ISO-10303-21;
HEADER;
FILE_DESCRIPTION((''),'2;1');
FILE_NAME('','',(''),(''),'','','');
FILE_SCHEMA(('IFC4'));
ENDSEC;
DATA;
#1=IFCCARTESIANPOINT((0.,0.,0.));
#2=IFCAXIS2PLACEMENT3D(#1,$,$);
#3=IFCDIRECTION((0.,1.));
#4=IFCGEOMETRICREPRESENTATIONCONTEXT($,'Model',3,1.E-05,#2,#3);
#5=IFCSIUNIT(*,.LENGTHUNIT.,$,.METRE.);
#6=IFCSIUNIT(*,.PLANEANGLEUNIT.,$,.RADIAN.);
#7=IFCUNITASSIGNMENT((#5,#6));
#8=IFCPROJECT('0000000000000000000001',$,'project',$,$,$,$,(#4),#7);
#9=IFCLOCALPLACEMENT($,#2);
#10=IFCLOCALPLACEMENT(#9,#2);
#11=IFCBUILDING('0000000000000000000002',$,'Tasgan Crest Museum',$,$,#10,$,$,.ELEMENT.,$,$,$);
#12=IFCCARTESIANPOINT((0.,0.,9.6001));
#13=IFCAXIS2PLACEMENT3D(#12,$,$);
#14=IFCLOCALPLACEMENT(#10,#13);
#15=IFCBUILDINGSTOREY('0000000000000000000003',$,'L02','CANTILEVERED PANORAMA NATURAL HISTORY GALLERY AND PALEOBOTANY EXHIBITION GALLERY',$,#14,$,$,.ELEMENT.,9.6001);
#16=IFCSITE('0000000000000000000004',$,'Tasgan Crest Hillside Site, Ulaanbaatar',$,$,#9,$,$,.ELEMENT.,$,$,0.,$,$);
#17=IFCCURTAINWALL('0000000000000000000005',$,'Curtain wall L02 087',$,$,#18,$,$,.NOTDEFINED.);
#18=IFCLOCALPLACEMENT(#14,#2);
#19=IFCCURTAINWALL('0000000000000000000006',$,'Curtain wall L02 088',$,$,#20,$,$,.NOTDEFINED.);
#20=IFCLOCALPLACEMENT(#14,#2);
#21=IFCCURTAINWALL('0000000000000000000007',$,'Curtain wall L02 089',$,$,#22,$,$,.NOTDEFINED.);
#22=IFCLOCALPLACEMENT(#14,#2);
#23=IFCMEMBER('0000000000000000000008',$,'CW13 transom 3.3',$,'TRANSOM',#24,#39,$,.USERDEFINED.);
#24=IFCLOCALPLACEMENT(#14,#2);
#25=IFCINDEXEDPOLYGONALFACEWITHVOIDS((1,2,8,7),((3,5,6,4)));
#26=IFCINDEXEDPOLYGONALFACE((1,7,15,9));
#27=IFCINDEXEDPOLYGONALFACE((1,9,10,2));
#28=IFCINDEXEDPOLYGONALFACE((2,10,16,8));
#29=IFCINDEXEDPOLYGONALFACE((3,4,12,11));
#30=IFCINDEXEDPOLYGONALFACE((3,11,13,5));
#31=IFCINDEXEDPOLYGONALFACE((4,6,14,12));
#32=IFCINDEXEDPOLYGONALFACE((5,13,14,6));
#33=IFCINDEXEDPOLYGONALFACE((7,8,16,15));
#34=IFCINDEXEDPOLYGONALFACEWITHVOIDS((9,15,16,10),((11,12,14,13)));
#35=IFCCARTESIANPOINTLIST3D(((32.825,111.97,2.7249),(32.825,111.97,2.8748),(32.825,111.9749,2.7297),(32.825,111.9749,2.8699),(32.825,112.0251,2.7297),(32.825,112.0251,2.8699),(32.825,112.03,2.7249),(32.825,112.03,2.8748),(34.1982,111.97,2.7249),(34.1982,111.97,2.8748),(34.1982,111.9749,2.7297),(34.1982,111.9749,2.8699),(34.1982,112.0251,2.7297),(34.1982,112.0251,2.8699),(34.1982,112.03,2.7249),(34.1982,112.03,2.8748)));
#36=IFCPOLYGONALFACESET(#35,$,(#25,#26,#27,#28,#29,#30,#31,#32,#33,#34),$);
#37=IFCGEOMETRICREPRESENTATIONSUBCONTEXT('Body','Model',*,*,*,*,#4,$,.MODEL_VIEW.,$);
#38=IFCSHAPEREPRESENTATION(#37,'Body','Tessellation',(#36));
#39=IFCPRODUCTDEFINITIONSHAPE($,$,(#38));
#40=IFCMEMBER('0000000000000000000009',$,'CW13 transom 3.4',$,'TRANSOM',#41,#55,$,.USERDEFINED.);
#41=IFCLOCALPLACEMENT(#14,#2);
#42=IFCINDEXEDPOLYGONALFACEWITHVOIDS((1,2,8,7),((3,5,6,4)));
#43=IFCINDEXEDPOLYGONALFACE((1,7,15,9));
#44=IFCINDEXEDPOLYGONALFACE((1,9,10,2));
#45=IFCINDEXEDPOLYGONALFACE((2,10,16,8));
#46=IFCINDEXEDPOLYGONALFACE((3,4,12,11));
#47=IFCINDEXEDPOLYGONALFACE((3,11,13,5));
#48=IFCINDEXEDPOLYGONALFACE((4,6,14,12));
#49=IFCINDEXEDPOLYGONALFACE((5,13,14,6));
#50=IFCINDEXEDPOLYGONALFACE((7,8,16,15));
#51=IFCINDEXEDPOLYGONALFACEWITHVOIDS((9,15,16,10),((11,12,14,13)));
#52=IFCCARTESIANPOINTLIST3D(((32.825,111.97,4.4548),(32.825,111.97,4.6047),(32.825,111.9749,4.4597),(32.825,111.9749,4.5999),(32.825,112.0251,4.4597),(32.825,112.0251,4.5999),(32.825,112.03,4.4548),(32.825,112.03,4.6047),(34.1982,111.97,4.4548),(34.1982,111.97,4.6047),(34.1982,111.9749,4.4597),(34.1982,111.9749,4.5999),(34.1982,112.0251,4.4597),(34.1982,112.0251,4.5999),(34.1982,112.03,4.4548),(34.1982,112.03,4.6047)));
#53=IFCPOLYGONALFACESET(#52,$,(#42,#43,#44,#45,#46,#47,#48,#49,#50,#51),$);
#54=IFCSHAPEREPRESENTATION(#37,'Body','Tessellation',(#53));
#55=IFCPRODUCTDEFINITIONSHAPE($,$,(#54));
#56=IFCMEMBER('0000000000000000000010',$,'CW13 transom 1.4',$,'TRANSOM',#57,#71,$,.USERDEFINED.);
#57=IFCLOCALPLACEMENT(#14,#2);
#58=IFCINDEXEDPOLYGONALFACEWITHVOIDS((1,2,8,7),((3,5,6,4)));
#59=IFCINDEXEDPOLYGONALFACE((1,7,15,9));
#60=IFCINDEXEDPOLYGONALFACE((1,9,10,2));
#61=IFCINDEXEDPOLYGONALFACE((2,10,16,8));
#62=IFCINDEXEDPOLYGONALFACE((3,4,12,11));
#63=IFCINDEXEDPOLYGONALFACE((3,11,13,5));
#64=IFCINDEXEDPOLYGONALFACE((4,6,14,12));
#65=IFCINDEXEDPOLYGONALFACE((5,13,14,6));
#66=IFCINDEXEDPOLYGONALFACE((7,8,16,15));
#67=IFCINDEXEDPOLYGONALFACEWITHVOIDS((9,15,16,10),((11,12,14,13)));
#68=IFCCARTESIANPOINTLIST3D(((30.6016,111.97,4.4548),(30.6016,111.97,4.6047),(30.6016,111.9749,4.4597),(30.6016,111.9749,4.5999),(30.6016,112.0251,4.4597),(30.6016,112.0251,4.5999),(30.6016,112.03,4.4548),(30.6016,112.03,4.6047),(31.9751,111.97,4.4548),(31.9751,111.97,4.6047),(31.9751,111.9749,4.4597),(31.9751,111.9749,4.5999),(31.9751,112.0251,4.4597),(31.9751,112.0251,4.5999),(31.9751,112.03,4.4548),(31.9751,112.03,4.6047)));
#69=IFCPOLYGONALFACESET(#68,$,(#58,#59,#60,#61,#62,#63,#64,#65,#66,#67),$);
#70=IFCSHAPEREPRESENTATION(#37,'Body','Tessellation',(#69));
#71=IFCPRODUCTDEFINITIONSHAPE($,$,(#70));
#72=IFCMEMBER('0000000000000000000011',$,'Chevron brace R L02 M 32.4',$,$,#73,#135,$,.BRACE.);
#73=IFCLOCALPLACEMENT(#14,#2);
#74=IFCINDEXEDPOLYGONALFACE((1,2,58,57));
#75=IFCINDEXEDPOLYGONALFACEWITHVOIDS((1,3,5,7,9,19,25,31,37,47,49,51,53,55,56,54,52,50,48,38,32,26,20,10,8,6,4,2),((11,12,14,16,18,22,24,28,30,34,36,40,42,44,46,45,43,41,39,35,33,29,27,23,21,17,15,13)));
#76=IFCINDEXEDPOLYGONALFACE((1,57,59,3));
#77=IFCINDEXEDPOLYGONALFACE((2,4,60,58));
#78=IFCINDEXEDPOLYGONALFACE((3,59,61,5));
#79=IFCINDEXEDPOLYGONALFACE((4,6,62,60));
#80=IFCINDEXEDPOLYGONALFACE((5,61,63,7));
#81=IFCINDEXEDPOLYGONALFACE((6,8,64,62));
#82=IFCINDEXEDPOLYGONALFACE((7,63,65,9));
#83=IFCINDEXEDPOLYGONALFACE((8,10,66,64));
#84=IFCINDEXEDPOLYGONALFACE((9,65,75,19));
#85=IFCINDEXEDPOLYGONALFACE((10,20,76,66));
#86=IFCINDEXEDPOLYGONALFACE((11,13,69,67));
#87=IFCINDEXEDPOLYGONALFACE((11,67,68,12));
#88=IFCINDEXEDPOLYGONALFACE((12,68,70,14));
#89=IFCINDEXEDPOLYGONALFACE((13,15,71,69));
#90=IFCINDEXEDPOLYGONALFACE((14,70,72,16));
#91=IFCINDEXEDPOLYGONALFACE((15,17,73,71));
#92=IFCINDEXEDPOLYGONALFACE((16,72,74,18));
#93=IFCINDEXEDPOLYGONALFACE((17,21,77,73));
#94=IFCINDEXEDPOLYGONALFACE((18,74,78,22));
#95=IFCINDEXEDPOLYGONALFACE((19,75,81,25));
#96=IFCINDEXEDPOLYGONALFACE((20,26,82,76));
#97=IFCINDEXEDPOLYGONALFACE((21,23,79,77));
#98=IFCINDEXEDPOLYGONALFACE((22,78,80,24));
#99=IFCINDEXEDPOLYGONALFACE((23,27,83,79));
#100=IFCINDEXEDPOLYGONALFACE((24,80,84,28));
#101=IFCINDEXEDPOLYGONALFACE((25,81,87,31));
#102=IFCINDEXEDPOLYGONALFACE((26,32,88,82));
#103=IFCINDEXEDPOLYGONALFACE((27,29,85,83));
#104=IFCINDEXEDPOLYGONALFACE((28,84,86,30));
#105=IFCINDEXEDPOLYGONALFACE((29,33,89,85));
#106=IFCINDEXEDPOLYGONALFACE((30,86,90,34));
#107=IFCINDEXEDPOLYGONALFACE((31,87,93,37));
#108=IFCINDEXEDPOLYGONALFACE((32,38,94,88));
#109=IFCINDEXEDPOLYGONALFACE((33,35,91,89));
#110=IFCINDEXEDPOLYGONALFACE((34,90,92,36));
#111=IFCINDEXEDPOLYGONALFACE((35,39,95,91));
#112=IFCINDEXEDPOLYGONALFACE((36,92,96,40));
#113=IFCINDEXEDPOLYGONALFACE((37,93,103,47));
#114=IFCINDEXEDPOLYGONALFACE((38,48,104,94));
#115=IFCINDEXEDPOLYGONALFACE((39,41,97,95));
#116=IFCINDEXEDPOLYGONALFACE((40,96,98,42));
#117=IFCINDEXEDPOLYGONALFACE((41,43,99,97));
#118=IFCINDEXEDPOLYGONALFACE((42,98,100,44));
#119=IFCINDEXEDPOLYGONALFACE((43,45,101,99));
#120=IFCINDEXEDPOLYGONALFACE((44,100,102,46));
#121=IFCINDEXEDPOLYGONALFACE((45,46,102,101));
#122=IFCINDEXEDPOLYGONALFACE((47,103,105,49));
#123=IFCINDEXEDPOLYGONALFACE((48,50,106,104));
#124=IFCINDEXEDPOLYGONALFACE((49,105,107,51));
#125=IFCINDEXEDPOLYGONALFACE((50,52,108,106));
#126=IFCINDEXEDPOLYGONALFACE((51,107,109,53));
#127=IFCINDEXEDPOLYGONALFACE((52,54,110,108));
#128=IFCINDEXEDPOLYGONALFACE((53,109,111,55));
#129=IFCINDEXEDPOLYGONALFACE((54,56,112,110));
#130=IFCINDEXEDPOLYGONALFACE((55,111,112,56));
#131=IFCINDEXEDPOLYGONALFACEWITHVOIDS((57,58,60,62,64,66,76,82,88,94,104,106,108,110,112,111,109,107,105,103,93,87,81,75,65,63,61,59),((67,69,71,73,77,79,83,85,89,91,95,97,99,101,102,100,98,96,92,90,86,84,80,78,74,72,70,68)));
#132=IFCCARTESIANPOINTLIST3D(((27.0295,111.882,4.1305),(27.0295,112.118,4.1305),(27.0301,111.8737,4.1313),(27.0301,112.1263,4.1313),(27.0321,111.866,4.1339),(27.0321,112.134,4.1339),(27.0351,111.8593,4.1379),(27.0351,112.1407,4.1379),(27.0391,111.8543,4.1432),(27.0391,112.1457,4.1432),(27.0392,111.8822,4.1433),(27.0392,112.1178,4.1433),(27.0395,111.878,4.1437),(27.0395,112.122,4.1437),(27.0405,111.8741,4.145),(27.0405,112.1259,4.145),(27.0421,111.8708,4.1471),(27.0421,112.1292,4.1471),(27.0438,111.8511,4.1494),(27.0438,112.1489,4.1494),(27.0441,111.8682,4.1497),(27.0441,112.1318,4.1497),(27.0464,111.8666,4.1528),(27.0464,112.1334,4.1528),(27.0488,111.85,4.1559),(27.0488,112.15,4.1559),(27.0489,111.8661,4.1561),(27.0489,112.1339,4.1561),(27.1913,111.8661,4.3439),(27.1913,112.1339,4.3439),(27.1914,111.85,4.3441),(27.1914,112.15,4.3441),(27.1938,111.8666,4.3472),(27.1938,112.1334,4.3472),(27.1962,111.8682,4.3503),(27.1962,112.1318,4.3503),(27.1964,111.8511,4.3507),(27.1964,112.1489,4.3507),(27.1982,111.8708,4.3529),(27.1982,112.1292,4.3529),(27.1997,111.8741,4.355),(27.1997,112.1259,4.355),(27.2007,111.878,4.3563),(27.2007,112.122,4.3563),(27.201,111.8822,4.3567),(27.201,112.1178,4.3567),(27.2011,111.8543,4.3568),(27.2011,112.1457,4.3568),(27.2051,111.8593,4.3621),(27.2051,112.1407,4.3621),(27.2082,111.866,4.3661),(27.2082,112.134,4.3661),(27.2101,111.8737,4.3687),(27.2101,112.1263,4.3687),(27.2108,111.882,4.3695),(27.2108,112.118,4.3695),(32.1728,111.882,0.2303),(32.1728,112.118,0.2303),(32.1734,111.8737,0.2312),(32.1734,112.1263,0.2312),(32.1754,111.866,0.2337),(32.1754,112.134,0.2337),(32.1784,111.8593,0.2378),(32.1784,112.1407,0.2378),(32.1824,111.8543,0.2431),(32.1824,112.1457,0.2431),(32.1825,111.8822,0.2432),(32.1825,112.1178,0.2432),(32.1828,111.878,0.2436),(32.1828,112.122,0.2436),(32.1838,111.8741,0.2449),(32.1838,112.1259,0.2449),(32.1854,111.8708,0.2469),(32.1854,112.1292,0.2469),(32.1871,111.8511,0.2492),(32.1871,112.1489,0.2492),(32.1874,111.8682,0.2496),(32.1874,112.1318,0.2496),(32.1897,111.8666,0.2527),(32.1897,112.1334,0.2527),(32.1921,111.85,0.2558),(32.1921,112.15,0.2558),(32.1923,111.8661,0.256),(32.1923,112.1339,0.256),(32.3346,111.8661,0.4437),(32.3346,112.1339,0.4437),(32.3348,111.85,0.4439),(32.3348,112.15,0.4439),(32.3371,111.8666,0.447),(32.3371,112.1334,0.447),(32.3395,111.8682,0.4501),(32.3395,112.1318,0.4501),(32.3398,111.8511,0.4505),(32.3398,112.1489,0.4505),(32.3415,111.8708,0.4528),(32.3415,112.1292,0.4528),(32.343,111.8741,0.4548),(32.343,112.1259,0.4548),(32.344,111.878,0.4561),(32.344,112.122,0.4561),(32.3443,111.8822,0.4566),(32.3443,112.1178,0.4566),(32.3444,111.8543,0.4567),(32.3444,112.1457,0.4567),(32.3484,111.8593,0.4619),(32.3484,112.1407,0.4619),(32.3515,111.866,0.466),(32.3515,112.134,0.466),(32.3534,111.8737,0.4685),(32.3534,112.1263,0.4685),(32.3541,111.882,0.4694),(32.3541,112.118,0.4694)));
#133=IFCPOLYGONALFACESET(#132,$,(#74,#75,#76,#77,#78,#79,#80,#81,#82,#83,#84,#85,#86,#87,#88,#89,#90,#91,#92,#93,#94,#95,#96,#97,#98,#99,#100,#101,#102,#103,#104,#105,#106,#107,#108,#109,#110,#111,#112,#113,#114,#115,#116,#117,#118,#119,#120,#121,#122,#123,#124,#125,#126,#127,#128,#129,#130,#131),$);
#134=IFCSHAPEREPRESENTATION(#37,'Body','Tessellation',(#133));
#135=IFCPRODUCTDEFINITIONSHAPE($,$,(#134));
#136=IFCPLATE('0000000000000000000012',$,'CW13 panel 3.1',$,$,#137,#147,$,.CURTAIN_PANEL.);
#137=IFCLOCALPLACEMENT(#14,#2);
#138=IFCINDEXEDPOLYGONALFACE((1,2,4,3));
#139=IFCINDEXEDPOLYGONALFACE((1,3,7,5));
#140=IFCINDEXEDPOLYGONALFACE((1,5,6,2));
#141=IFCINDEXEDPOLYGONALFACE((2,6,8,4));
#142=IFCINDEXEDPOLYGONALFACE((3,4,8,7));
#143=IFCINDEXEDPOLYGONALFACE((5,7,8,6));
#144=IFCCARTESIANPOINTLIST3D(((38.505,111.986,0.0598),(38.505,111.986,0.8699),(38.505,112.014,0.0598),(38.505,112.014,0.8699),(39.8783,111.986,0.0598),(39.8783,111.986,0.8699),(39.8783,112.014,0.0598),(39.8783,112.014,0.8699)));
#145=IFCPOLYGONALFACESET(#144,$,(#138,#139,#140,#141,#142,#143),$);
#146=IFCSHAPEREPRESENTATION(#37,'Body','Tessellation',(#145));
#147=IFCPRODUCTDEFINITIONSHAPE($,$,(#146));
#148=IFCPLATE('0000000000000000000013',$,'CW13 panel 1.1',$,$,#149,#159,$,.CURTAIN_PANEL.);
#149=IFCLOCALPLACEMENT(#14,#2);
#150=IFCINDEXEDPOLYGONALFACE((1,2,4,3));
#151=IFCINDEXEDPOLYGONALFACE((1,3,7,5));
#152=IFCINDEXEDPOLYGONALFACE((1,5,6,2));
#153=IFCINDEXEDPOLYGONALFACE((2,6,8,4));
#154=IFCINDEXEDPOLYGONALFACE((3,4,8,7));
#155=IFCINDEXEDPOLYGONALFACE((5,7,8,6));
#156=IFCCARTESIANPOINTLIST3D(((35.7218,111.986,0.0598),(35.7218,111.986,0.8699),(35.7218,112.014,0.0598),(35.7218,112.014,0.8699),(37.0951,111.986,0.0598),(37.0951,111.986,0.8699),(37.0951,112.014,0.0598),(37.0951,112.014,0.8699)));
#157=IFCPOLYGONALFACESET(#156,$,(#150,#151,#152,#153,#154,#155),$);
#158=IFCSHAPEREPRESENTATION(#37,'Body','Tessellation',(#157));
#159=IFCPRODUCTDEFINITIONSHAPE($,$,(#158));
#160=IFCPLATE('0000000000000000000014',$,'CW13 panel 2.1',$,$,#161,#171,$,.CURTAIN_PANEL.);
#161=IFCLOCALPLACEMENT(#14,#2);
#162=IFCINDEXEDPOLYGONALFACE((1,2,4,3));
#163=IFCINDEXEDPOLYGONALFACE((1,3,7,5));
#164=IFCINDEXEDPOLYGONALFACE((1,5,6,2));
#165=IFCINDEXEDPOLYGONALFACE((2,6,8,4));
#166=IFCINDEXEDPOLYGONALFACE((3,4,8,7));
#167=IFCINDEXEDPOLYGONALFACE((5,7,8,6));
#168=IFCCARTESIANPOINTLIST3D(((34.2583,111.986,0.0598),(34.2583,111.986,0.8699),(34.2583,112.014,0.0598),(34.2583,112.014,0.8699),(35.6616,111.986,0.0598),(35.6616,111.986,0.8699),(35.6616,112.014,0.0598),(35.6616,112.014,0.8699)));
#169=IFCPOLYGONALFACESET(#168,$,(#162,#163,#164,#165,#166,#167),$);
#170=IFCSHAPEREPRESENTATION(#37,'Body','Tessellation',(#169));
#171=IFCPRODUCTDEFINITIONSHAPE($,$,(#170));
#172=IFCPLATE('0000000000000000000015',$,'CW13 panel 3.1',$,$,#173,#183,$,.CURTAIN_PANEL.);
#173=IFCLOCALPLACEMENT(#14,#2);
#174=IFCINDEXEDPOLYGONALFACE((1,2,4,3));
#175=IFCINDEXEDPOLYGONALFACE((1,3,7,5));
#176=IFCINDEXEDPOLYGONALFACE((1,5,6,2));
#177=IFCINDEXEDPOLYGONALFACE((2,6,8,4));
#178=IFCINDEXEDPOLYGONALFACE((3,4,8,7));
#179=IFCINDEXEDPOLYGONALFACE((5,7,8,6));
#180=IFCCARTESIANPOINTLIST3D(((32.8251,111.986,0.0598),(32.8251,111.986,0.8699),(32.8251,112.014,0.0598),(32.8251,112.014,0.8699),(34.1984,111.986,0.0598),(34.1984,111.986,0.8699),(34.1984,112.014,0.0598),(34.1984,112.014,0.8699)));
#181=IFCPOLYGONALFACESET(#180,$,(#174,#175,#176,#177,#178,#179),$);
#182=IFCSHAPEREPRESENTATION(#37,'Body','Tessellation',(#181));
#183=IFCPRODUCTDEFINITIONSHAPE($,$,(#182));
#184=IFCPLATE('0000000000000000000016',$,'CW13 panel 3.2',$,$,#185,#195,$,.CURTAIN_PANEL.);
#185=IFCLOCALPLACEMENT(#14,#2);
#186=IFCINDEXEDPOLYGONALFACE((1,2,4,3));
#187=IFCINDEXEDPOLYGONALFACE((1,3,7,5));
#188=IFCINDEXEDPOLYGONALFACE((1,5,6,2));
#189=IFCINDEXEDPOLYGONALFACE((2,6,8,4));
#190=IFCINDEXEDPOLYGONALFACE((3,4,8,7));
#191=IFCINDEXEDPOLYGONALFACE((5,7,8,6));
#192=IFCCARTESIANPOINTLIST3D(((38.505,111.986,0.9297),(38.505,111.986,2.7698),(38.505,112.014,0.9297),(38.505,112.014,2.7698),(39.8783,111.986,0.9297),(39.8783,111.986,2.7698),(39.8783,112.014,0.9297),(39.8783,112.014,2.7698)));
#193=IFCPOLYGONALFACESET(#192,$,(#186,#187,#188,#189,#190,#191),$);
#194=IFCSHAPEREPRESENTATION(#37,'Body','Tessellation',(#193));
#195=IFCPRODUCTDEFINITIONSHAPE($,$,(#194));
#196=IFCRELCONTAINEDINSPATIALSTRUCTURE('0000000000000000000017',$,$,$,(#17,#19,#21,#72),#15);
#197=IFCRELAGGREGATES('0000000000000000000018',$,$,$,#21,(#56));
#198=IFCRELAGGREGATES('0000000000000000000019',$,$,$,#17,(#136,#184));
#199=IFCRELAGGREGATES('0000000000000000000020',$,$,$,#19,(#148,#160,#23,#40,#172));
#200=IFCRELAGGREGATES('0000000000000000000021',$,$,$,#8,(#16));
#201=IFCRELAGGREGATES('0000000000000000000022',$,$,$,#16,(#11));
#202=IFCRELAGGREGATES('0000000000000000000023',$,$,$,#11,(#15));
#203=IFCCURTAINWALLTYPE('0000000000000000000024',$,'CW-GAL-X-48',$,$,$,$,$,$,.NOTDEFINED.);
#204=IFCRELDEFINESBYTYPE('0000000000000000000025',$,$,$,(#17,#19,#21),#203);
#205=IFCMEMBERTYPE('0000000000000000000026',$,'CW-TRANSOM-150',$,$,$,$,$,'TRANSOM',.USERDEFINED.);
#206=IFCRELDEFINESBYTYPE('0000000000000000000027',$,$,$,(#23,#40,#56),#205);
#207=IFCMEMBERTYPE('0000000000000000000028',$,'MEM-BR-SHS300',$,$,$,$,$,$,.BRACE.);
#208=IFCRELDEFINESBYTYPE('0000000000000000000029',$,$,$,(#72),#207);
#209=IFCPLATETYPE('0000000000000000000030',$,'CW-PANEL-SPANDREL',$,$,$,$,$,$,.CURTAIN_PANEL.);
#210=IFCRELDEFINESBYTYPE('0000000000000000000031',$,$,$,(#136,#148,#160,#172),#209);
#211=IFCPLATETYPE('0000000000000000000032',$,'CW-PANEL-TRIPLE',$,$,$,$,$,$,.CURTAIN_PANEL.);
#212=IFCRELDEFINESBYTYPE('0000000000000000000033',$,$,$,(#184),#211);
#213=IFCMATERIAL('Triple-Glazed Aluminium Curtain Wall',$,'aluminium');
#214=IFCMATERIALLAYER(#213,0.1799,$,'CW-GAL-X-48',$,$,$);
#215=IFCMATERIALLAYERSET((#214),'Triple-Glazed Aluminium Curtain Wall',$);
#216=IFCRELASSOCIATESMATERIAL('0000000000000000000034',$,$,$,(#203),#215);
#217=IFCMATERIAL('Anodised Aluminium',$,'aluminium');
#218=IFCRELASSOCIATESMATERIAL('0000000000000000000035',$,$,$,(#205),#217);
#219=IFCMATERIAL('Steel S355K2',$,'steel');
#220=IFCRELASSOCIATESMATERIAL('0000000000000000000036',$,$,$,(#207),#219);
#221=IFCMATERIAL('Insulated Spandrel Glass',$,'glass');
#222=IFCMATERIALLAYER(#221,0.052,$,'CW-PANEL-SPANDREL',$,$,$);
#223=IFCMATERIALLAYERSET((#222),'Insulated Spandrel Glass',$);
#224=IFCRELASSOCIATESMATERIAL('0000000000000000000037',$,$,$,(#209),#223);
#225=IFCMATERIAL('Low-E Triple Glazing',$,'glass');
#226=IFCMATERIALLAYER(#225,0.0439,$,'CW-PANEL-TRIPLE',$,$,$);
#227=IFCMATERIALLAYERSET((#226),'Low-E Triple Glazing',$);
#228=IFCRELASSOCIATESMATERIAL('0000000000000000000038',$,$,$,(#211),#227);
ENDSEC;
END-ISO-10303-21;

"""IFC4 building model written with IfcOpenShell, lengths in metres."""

from ifc_helpers import new_model, si_unit, direction, frame, origin, origin_2d, place, context, subcontext, project, spatial, rectangle, hollow_rectangle, extrude, material, layer, layer_set, material_profile, profile_set, type_object, element, aggregate, save


model = new_model("IFC4")

# Units and contexts
model_context = context("Model", 3, precision=1e-05, world=origin(), true_north=direction((0.0, 1.0)))
body_context = subcontext(model_context, "Body", "Model", "MODEL_VIEW")
ifc_project = project(units=[si_unit("LENGTHUNIT", "METRE"), si_unit("PLANEANGLEUNIT", "RADIAN")], contexts=[model_context])

# Site, building, storey
site_placement = place(None, origin())
site = spatial("IfcSite", under=ifc_project, at=site_placement, Name="Tasgan Crest Hillside Site, Ulaanbaatar", CompositionType="ELEMENT", RefElevation=0.0)
building_placement = place(site_placement, origin())
building = spatial("IfcBuilding", under=site, at=building_placement, Name="Tasgan Crest Museum", CompositionType="ELEMENT")
storey_placement = place(building_placement, frame((0.0, 0.0, 9.6001)))
storey = spatial("IfcBuildingStorey", under=building, at=storey_placement, Name="L02", Description="CANTILEVERED PANORAMA NATURAL HISTORY GALLERY AND PALEOBOTANY EXHIBITION GALLERY", CompositionType="ELEMENT", Elevation=9.6001)

# Curtain wall
ifc_material_1 = material(Name="Triple-Glazed Aluminium Curtain Wall", Category="aluminium")
ifc_layer_1 = layer(ifc_material_1, 0.1799, Name="CW-GAL-X-48")
ifc_layer_set_1 = layer_set([ifc_layer_1], Name="Triple-Glazed Aluminium Curtain Wall")
curtain_wall_type = type_object("IfcCurtainWallType", Name="CW-GAL-X-48", PredefinedType="NOTDEFINED", material=ifc_layer_set_1)
curtain_wall_1_placement = place(storey_placement, origin())
curtain_wall_1 = element("IfcCurtainWall", 1, at=curtain_wall_1_placement, inside=storey, type_object=curtain_wall_type, Name="Curtain wall L02 087", PredefinedType="NOTDEFINED")

# Curtain wall
curtain_wall_2_placement = place(storey_placement, origin())
curtain_wall_2 = element("IfcCurtainWall", 2, at=curtain_wall_2_placement, inside=storey, type_object=curtain_wall_type, Name="Curtain wall L02 088", PredefinedType="NOTDEFINED")

# Curtain wall
curtain_wall_3_placement = place(storey_placement, origin())
curtain_wall_3 = element("IfcCurtainWall", 3, at=curtain_wall_3_placement, inside=storey, type_object=curtain_wall_type, Name="Curtain wall L02 089", PredefinedType="NOTDEFINED")

# Members
ifc_material_2 = material(Name="Anodised Aluminium", Category="aluminium")
ifc_material_profile_1 = material_profile(ifc_material_2, hollow_rectangle(XDim=0.0601, YDim=0.1499, WallThickness=0.0049, at=origin_2d()), Name="ALU TRANSOM 150x60x5")
ifc_profile_set_1 = profile_set([ifc_material_profile_1], Name="Anodised Aluminium")
member_type_1 = type_object("IfcMemberType", Name="CW-TRANSOM-150", ElementType="TRANSOM", PredefinedType="USERDEFINED", material=ifc_profile_set_1)
member_1_placement = place(storey_placement, frame((34.1982, 112.0, 2.7998), z_axis=(-1.0, 0.0, 0.0), x_axis=(0.0, -1.0, 0.0)))
member_1 = element("IfcMember", 4, at=member_1_placement, type_object=member_type_1, Name="CW13 transom 3.3", ObjectType="TRANSOM", PredefinedType="USERDEFINED", context=body_context, shape_type="SweptSolid", body=[
    extrude(hollow_rectangle(XDim=0.0601, YDim=0.1499, WallThickness=0.0049, at=origin_2d()), origin(), (0.0, 0.0, 1.0), 1.3733),
])
member_2_placement = place(storey_placement, frame((34.1982, 112.0, 4.5298), z_axis=(-1.0, 0.0, 0.0), x_axis=(0.0, -1.0, 0.0)))
member_2 = element("IfcMember", 5, at=member_2_placement, type_object=member_type_1, Name="CW13 transom 3.4", ObjectType="TRANSOM", PredefinedType="USERDEFINED", context=body_context, shape_type="SweptSolid", body=[
    extrude(hollow_rectangle(XDim=0.0601, YDim=0.1499, WallThickness=0.0049, at=origin_2d()), origin(), (0.0, 0.0, 1.0), 1.3733),
])
member_3_placement = place(storey_placement, frame((31.9751, 112.0, 4.5298), z_axis=(-1.0, 0.0, 0.0), x_axis=(0.0, -1.0, 0.0)))
member_3 = element("IfcMember", 6, at=member_3_placement, type_object=member_type_1, Name="CW13 transom 1.4", ObjectType="TRANSOM", PredefinedType="USERDEFINED", context=body_context, shape_type="SweptSolid", body=[
    extrude(hollow_rectangle(XDim=0.0601, YDim=0.1499, WallThickness=0.0049, at=origin_2d()), origin(), (0.0, 0.0, 1.0), 1.3735),
])
aggregate(curtain_wall_3, [member_3])
ifc_material_3 = material(Name="Steel S355K2", Category="steel")
ifc_material_profile_2 = material_profile(ifc_material_3, hollow_rectangle(XDim=0.3, YDim=0.3, WallThickness=0.0161, InnerFilletRadius=0.0161, OuterFilletRadius=0.032, at=origin_2d()), Name="SHS 300x300x16")
ifc_profile_set_2 = profile_set([ifc_material_profile_2], Name="Steel S355K2")
member_type_2 = type_object("IfcMemberType", Name="MEM-BR-SHS300", PredefinedType="BRACE", material=ifc_profile_set_2)
member_4_placement = place(storey_placement, frame((32.2634, 112.0, 0.3499), z_axis=(-0.796816, 0.0, 0.604222), x_axis=(0.0, -1.0, 0.0)))
element("IfcMember", 7, at=member_4_placement, inside=storey, type_object=member_type_2, Name="Chevron brace R L02 M 32.4", PredefinedType="BRACE", context=body_context, shape_type="SweptSolid", body=[
    extrude(hollow_rectangle(XDim=0.3, YDim=0.3, WallThickness=0.0161, InnerFilletRadius=0.0161, OuterFilletRadius=0.032, at=origin_2d()), origin(), (0.0, 0.0, 1.0), 6.4548),
])

# Plates
ifc_material_4 = material(Name="Insulated Spandrel Glass", Category="glass")
ifc_layer_2 = layer(ifc_material_4, 0.052, Name="CW-PANEL-SPANDREL")
ifc_layer_set_2 = layer_set([ifc_layer_2], Name="Insulated Spandrel Glass")
plate_type_1 = type_object("IfcPlateType", Name="CW-PANEL-SPANDREL", PredefinedType="CURTAIN_PANEL", material=ifc_layer_set_2)
plate_1_placement = place(storey_placement, frame((39.1917, 112.0, 0.0598), z_axis=(0.0, 0.0, 1.0), x_axis=(-1.0, 0.0, 0.0)))
plate_1 = element("IfcPlate", 8, at=plate_1_placement, type_object=plate_type_1, Name="CW13 panel 3.1", PredefinedType="CURTAIN_PANEL", context=body_context, shape_type="SweptSolid", body=[
    extrude(rectangle(XDim=1.3733, YDim=0.0281, at=origin_2d()), origin(), (0.0, 0.0, 1.0), 0.8101),
])
plate_2_placement = place(storey_placement, frame((36.4084, 112.0, 0.0598), z_axis=(0.0, 0.0, 1.0), x_axis=(-1.0, 0.0, 0.0)))
plate_2 = element("IfcPlate", 9, at=plate_2_placement, type_object=plate_type_1, Name="CW13 panel 1.1", PredefinedType="CURTAIN_PANEL", context=body_context, shape_type="SweptSolid", body=[
    extrude(rectangle(XDim=1.3733, YDim=0.0281, at=origin_2d()), origin(), (0.0, 0.0, 1.0), 0.8101),
])
plate_3_placement = place(storey_placement, frame((34.96, 112.0, 0.0598), z_axis=(0.0, 0.0, 1.0), x_axis=(-1.0, 0.0, 0.0)))
plate_3 = element("IfcPlate", 10, at=plate_3_placement, type_object=plate_type_1, Name="CW13 panel 2.1", PredefinedType="CURTAIN_PANEL", context=body_context, shape_type="SweptSolid", body=[
    extrude(rectangle(XDim=1.4033, YDim=0.0281, at=origin_2d()), origin(), (0.0, 0.0, 1.0), 0.8101),
])
plate_4_placement = place(storey_placement, frame((33.5117, 112.0, 0.0598), z_axis=(0.0, 0.0, 1.0), x_axis=(-1.0, 0.0, 0.0)))
plate_4 = element("IfcPlate", 11, at=plate_4_placement, type_object=plate_type_1, Name="CW13 panel 3.1", PredefinedType="CURTAIN_PANEL", context=body_context, shape_type="SweptSolid", body=[
    extrude(rectangle(XDim=1.3733, YDim=0.0281, at=origin_2d()), origin(), (0.0, 0.0, 1.0), 0.8101),
])
ifc_material_5 = material(Name="Low-E Triple Glazing", Category="glass")
ifc_layer_3 = layer(ifc_material_5, 0.0439, Name="CW-PANEL-TRIPLE")
ifc_layer_set_3 = layer_set([ifc_layer_3], Name="Low-E Triple Glazing")
plate_type_2 = type_object("IfcPlateType", Name="CW-PANEL-TRIPLE", PredefinedType="CURTAIN_PANEL", material=ifc_layer_set_3)
plate_5_placement = place(storey_placement, frame((39.1917, 112.0, 0.9297), z_axis=(0.0, 0.0, 1.0), x_axis=(-1.0, 0.0, 0.0)))
plate_5 = element("IfcPlate", 12, at=plate_5_placement, type_object=plate_type_2, Name="CW13 panel 3.2", PredefinedType="CURTAIN_PANEL", context=body_context, shape_type="SweptSolid", body=[
    extrude(rectangle(XDim=1.3733, YDim=0.0281, at=origin_2d()), origin(), (0.0, 0.0, 1.0), 1.8401),
])
aggregate(curtain_wall_1, [plate_1, plate_5])
aggregate(curtain_wall_2, [plate_2, plate_3, member_1, member_2, plate_4])

save(model, "model.ifc")
